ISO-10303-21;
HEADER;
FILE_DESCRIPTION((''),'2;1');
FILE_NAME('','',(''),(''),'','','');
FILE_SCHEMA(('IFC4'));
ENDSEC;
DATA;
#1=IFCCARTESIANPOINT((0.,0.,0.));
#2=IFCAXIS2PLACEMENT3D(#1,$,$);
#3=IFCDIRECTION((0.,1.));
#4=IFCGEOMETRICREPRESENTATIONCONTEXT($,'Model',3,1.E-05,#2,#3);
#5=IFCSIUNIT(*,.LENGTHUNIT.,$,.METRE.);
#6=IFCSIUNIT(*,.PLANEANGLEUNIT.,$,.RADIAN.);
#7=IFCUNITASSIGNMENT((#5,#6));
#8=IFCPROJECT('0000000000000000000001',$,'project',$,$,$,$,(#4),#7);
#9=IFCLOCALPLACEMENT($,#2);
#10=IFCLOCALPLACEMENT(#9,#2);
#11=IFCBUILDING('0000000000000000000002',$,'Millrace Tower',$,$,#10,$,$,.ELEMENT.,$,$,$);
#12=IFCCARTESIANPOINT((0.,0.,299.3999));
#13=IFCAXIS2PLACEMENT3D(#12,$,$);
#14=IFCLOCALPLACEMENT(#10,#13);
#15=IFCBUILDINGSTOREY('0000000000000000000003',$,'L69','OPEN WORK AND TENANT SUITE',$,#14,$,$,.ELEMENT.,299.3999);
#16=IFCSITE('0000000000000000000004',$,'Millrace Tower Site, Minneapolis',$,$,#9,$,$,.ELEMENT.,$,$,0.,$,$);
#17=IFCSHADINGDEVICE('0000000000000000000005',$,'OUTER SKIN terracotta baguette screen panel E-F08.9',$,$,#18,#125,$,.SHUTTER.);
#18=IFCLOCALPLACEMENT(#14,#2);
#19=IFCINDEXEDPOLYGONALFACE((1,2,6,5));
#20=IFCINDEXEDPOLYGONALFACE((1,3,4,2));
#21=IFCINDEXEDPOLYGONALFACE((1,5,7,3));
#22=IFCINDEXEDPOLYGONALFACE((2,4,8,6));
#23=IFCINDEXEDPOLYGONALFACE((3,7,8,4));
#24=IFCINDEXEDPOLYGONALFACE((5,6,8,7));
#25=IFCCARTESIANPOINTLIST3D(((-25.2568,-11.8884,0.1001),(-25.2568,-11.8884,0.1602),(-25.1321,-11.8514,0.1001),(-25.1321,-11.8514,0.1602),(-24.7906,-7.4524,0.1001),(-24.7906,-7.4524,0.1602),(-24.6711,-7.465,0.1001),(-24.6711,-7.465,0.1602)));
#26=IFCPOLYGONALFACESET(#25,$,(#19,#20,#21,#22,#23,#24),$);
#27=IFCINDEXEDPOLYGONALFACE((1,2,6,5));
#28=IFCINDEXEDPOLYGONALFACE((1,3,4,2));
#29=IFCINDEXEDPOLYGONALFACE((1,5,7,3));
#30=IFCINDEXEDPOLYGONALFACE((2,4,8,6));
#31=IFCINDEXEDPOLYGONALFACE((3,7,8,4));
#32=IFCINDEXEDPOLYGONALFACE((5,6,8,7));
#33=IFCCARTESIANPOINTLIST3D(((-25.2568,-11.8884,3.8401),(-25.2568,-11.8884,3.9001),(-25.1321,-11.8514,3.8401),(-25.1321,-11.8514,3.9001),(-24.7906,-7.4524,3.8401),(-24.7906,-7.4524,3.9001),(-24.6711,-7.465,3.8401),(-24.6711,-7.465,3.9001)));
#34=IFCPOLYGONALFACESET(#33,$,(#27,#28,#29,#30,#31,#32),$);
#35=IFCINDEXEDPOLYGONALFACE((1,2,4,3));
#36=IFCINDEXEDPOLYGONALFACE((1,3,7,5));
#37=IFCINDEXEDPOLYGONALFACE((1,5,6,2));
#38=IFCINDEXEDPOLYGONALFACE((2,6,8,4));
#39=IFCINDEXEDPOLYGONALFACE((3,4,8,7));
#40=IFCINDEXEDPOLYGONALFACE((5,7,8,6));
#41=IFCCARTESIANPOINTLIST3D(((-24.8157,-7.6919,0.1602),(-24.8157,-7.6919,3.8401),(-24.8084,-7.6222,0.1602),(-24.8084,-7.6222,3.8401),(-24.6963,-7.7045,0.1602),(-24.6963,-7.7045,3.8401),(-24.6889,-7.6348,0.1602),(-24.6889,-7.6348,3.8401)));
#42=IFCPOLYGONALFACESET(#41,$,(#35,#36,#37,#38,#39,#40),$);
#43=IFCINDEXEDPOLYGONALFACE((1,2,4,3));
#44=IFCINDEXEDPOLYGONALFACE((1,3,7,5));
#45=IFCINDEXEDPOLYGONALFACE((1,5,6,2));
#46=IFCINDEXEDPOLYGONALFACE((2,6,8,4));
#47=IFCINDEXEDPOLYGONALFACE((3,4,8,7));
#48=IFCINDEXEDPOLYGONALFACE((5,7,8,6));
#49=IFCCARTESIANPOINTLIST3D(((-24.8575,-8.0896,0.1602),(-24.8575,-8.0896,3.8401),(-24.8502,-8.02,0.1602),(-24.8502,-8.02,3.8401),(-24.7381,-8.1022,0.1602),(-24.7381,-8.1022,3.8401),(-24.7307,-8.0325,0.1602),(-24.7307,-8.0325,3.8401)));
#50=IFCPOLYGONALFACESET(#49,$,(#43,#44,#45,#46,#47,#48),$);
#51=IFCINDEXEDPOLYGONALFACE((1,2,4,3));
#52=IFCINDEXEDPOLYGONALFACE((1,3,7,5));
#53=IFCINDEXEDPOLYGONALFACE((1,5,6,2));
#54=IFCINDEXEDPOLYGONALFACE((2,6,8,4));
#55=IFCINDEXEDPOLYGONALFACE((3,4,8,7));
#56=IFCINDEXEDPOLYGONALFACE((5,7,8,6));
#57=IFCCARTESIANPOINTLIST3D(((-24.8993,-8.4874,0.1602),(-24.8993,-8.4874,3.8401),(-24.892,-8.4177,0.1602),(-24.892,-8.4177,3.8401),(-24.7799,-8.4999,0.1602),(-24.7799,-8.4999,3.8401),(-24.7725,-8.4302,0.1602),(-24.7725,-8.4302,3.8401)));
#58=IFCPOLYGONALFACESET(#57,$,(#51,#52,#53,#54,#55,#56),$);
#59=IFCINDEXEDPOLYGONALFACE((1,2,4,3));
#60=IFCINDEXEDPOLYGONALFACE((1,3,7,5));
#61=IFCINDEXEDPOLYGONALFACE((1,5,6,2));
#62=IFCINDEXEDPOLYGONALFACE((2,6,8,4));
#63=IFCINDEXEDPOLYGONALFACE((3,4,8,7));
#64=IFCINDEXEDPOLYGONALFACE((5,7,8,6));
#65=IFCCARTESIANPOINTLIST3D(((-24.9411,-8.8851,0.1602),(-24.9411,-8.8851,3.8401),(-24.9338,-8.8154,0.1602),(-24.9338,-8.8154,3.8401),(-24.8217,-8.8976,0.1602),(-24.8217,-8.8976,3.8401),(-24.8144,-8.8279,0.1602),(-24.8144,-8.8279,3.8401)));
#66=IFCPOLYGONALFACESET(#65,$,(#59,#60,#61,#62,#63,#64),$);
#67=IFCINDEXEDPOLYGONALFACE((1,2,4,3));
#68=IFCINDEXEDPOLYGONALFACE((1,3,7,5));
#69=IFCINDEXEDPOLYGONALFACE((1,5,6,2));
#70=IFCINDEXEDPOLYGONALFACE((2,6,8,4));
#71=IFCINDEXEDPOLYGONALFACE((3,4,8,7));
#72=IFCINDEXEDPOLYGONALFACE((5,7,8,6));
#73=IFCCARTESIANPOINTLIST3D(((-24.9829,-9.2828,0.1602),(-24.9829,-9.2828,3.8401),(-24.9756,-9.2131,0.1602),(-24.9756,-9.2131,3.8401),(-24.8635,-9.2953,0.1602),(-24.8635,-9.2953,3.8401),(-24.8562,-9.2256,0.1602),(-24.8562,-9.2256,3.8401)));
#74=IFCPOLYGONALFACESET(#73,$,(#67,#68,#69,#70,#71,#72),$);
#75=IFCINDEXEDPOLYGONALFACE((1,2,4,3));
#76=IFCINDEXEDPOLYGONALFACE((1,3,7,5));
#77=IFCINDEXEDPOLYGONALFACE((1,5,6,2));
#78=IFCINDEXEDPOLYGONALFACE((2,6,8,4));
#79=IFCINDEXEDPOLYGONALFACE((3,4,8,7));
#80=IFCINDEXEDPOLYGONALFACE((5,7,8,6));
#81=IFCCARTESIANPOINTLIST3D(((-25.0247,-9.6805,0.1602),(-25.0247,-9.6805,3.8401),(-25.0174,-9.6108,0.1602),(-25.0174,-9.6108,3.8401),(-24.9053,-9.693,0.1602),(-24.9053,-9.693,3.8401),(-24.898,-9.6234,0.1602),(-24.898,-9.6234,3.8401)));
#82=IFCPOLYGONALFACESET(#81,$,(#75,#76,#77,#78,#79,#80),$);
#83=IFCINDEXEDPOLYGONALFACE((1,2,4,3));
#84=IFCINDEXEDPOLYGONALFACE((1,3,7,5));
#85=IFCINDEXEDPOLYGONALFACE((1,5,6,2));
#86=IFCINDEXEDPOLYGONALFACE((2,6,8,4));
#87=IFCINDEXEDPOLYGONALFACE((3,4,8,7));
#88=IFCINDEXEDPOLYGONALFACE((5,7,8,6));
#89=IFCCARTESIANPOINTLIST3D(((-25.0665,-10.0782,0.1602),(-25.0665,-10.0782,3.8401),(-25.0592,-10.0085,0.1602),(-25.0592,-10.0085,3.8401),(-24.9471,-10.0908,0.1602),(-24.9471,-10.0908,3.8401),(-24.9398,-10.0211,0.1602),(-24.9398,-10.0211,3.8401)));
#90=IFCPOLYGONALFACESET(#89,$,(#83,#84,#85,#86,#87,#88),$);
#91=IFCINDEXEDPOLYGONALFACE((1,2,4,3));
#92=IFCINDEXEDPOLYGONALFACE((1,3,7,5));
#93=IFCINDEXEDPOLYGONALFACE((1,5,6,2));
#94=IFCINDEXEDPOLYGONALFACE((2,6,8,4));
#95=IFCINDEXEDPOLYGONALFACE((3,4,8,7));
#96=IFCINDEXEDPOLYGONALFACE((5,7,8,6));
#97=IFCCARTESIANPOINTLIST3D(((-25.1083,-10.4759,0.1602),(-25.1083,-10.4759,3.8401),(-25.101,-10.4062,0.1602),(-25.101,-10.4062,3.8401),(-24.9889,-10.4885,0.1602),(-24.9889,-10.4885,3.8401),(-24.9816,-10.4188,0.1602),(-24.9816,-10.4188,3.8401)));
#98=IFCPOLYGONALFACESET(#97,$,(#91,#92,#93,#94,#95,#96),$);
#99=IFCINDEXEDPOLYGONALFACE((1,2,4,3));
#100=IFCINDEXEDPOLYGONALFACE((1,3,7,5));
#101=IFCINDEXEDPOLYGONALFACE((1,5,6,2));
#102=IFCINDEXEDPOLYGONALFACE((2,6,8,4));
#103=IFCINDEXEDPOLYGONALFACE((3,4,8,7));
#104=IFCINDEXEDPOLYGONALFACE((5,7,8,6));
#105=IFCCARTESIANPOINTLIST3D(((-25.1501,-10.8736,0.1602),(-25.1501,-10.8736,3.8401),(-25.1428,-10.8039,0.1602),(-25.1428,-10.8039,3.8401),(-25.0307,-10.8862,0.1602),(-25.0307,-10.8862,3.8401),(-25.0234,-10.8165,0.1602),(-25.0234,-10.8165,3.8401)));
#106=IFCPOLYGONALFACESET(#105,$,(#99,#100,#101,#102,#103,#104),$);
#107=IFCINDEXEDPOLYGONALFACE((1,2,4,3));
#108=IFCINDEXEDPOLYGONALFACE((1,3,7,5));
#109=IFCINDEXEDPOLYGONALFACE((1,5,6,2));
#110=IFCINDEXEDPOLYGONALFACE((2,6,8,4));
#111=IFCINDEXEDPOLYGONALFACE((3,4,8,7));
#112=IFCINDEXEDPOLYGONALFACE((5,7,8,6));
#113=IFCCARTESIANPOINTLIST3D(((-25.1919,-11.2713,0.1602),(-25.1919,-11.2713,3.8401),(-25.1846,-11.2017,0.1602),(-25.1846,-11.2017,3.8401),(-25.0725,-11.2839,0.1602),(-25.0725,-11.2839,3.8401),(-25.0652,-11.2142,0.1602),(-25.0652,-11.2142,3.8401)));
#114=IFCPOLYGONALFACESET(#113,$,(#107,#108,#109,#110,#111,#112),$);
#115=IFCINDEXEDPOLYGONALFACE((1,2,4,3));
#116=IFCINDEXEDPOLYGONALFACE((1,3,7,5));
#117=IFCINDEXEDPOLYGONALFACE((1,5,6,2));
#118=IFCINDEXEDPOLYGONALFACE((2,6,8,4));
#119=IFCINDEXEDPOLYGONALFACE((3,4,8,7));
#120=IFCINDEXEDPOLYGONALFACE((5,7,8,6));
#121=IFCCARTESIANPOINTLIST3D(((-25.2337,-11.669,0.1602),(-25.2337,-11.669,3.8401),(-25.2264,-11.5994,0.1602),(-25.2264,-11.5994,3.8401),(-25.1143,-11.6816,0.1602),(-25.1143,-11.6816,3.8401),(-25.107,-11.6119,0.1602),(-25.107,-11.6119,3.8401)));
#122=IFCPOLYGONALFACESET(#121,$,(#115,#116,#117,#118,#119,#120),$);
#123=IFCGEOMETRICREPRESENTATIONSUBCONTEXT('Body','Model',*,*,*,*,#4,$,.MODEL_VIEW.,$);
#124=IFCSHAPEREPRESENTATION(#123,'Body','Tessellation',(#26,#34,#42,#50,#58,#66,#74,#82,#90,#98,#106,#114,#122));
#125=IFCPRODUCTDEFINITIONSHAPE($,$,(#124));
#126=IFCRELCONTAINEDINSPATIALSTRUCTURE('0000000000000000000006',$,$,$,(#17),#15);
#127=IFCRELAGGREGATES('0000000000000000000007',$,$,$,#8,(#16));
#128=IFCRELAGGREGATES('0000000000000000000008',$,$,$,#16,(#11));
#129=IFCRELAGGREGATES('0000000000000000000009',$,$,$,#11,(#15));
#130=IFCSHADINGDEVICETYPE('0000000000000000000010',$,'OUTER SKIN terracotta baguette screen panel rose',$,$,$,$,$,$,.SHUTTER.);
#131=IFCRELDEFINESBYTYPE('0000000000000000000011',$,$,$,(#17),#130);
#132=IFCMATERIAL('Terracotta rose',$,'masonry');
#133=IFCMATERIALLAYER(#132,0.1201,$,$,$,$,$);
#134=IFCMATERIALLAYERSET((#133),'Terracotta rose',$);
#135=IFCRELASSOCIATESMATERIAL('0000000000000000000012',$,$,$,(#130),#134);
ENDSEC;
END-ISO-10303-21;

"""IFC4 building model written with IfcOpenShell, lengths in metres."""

from ifc_helpers import new_model, entity, si_unit, direction, frame, frame_2d, origin, place, context, subcontext, project, spatial, rectangle, extrude, source, transform, mapped, material, layer, layer_set, type_object, element, save


model = new_model("IFC4")

# Units and contexts
model_context = context("Model", 3, precision=1e-05, world=origin(), true_north=direction((0.0, 1.0)))
body_context = subcontext(model_context, "Body", "Model", "MODEL_VIEW")
ifc_project = project(units=[si_unit("LENGTHUNIT", "METRE"), si_unit("PLANEANGLEUNIT", "RADIAN")], contexts=[model_context])

# Site, building, storey
site_placement = place(None, origin())
site = spatial("IfcSite", under=ifc_project, at=site_placement, Name="Millrace Tower Site, Minneapolis", CompositionType="ELEMENT", RefElevation=0.0)
building_placement = place(site_placement, origin())
building = spatial("IfcBuilding", under=site, at=building_placement, Name="Millrace Tower", CompositionType="ELEMENT")
storey_placement = place(building_placement, frame((0.0, 0.0, 299.3999)))
storey = spatial("IfcBuildingStorey", under=building, at=storey_placement, Name="L69", Description="OPEN WORK AND TENANT SUITE", CompositionType="ELEMENT", Elevation=299.3999)

# Shading device
ifc_material_1 = material(Name="Terracotta rose", Category="masonry")
ifc_layer_1 = layer(ifc_material_1, 0.1201)
ifc_layer_set_1 = layer_set([ifc_layer_1], Name="Terracotta rose")
shading_device_type = type_object("IfcShadingDeviceType", Name="OUTER SKIN terracotta baguette screen panel rose", PredefinedType="SHUTTER", material=ifc_layer_set_1)
cartesian_point_1 = entity("IfcCartesianPoint", [-2.2178, 0.0601])
shared_polyline_1 = entity("IfcPolyline", [cartesian_point_1, entity("IfcCartesianPoint", [2.1929, 0.0601]), entity("IfcCartesianPoint", [2.2427, -0.0601]), entity("IfcCartesianPoint", [-2.2178, -0.0601]), cartesian_point_1])
shared_shape_1 = source(origin(), body_context, "Body", "SweptSolid", [
    entity("IfcExtrudedAreaSolid", entity("IfcArbitraryClosedProfileDef", "AREA", None, shared_polyline_1), entity("IfcAxis2Placement3D", entity("IfcCartesianPoint", [0.0, 0.0, 0.0])), entity("IfcDirection", [0.0, 0.0, 1.0]), 0.0601),
    entity("IfcExtrudedAreaSolid", entity("IfcArbitraryClosedProfileDef", "AREA", None, shared_polyline_1), entity("IfcAxis2Placement3D", entity("IfcCartesianPoint", [0.0, 0.0, 3.74])), entity("IfcDirection", [0.0, 0.0, 1.0]), 0.0601),
    extrude(rectangle(XDim=0.0701, YDim=0.1201, at=frame_2d((-2.012, 0.0))), frame((0.0, 0.0, 0.0601)), (0.0, 0.0, 1.0), 3.6799),
    extrude(rectangle(XDim=0.0701, YDim=0.1201, at=frame_2d((-1.6121, 0.0))), frame((0.0, 0.0, 0.0601)), (0.0, 0.0, 1.0), 3.6799),
    extrude(rectangle(XDim=0.0701, YDim=0.1201, at=frame_2d((-1.2122, 0.0))), frame((0.0, 0.0, 0.0601)), (0.0, 0.0, 1.0), 3.6799),
    extrude(rectangle(XDim=0.0701, YDim=0.1201, at=frame_2d((-0.8123, 0.0))), frame((0.0, 0.0, 0.0601)), (0.0, 0.0, 1.0), 3.6799),
    extrude(rectangle(XDim=0.0701, YDim=0.1201, at=frame_2d((-0.4124, 0.0))), frame((0.0, 0.0, 0.0601)), (0.0, 0.0, 1.0), 3.6799),
    extrude(rectangle(XDim=0.0701, YDim=0.1201, at=frame_2d((-0.0125, 0.0))), frame((0.0, 0.0, 0.0601)), (0.0, 0.0, 1.0), 3.6799),
    extrude(rectangle(XDim=0.0701, YDim=0.1201, at=frame_2d((0.3875, 0.0))), frame((0.0, 0.0, 0.0601)), (0.0, 0.0, 1.0), 3.6799),
    extrude(rectangle(XDim=0.0701, YDim=0.1201, at=frame_2d((0.7874, 0.0))), frame((0.0, 0.0, 0.0601)), (0.0, 0.0, 1.0), 3.6799),
    extrude(rectangle(XDim=0.0701, YDim=0.1201, at=frame_2d((1.1873, 0.0))), frame((0.0, 0.0, 0.0601)), (0.0, 0.0, 1.0), 3.6799),
    extrude(rectangle(XDim=0.0701, YDim=0.1201, at=frame_2d((1.5872, 0.0))), frame((0.0, 0.0, 0.0601)), (0.0, 0.0, 1.0), 3.6799),
    extrude(rectangle(XDim=0.0701, YDim=0.1201, at=frame_2d((1.9871, 0.0))), frame((0.0, 0.0, 0.0601)), (0.0, 0.0, 1.0), 3.6799),
])
shading_device_placement = place(storey_placement, frame((-24.9626, -9.6643, 0.1001), z_axis=(0.0, 0.0, 1.0), x_axis=(-0.104528, -0.994522, 0.0)))
element("IfcShadingDevice", 1, at=shading_device_placement, inside=storey, type_object=shading_device_type, Name="OUTER SKIN terracotta baguette screen panel E-F08.9", PredefinedType="SHUTTER", context=body_context, shape_type="MappedRepresentation", body=[
    mapped(shared_shape_1, transform((0.0, 0.0, 0.0), scale=1.0)),
])

save(model, "model.ifc")
